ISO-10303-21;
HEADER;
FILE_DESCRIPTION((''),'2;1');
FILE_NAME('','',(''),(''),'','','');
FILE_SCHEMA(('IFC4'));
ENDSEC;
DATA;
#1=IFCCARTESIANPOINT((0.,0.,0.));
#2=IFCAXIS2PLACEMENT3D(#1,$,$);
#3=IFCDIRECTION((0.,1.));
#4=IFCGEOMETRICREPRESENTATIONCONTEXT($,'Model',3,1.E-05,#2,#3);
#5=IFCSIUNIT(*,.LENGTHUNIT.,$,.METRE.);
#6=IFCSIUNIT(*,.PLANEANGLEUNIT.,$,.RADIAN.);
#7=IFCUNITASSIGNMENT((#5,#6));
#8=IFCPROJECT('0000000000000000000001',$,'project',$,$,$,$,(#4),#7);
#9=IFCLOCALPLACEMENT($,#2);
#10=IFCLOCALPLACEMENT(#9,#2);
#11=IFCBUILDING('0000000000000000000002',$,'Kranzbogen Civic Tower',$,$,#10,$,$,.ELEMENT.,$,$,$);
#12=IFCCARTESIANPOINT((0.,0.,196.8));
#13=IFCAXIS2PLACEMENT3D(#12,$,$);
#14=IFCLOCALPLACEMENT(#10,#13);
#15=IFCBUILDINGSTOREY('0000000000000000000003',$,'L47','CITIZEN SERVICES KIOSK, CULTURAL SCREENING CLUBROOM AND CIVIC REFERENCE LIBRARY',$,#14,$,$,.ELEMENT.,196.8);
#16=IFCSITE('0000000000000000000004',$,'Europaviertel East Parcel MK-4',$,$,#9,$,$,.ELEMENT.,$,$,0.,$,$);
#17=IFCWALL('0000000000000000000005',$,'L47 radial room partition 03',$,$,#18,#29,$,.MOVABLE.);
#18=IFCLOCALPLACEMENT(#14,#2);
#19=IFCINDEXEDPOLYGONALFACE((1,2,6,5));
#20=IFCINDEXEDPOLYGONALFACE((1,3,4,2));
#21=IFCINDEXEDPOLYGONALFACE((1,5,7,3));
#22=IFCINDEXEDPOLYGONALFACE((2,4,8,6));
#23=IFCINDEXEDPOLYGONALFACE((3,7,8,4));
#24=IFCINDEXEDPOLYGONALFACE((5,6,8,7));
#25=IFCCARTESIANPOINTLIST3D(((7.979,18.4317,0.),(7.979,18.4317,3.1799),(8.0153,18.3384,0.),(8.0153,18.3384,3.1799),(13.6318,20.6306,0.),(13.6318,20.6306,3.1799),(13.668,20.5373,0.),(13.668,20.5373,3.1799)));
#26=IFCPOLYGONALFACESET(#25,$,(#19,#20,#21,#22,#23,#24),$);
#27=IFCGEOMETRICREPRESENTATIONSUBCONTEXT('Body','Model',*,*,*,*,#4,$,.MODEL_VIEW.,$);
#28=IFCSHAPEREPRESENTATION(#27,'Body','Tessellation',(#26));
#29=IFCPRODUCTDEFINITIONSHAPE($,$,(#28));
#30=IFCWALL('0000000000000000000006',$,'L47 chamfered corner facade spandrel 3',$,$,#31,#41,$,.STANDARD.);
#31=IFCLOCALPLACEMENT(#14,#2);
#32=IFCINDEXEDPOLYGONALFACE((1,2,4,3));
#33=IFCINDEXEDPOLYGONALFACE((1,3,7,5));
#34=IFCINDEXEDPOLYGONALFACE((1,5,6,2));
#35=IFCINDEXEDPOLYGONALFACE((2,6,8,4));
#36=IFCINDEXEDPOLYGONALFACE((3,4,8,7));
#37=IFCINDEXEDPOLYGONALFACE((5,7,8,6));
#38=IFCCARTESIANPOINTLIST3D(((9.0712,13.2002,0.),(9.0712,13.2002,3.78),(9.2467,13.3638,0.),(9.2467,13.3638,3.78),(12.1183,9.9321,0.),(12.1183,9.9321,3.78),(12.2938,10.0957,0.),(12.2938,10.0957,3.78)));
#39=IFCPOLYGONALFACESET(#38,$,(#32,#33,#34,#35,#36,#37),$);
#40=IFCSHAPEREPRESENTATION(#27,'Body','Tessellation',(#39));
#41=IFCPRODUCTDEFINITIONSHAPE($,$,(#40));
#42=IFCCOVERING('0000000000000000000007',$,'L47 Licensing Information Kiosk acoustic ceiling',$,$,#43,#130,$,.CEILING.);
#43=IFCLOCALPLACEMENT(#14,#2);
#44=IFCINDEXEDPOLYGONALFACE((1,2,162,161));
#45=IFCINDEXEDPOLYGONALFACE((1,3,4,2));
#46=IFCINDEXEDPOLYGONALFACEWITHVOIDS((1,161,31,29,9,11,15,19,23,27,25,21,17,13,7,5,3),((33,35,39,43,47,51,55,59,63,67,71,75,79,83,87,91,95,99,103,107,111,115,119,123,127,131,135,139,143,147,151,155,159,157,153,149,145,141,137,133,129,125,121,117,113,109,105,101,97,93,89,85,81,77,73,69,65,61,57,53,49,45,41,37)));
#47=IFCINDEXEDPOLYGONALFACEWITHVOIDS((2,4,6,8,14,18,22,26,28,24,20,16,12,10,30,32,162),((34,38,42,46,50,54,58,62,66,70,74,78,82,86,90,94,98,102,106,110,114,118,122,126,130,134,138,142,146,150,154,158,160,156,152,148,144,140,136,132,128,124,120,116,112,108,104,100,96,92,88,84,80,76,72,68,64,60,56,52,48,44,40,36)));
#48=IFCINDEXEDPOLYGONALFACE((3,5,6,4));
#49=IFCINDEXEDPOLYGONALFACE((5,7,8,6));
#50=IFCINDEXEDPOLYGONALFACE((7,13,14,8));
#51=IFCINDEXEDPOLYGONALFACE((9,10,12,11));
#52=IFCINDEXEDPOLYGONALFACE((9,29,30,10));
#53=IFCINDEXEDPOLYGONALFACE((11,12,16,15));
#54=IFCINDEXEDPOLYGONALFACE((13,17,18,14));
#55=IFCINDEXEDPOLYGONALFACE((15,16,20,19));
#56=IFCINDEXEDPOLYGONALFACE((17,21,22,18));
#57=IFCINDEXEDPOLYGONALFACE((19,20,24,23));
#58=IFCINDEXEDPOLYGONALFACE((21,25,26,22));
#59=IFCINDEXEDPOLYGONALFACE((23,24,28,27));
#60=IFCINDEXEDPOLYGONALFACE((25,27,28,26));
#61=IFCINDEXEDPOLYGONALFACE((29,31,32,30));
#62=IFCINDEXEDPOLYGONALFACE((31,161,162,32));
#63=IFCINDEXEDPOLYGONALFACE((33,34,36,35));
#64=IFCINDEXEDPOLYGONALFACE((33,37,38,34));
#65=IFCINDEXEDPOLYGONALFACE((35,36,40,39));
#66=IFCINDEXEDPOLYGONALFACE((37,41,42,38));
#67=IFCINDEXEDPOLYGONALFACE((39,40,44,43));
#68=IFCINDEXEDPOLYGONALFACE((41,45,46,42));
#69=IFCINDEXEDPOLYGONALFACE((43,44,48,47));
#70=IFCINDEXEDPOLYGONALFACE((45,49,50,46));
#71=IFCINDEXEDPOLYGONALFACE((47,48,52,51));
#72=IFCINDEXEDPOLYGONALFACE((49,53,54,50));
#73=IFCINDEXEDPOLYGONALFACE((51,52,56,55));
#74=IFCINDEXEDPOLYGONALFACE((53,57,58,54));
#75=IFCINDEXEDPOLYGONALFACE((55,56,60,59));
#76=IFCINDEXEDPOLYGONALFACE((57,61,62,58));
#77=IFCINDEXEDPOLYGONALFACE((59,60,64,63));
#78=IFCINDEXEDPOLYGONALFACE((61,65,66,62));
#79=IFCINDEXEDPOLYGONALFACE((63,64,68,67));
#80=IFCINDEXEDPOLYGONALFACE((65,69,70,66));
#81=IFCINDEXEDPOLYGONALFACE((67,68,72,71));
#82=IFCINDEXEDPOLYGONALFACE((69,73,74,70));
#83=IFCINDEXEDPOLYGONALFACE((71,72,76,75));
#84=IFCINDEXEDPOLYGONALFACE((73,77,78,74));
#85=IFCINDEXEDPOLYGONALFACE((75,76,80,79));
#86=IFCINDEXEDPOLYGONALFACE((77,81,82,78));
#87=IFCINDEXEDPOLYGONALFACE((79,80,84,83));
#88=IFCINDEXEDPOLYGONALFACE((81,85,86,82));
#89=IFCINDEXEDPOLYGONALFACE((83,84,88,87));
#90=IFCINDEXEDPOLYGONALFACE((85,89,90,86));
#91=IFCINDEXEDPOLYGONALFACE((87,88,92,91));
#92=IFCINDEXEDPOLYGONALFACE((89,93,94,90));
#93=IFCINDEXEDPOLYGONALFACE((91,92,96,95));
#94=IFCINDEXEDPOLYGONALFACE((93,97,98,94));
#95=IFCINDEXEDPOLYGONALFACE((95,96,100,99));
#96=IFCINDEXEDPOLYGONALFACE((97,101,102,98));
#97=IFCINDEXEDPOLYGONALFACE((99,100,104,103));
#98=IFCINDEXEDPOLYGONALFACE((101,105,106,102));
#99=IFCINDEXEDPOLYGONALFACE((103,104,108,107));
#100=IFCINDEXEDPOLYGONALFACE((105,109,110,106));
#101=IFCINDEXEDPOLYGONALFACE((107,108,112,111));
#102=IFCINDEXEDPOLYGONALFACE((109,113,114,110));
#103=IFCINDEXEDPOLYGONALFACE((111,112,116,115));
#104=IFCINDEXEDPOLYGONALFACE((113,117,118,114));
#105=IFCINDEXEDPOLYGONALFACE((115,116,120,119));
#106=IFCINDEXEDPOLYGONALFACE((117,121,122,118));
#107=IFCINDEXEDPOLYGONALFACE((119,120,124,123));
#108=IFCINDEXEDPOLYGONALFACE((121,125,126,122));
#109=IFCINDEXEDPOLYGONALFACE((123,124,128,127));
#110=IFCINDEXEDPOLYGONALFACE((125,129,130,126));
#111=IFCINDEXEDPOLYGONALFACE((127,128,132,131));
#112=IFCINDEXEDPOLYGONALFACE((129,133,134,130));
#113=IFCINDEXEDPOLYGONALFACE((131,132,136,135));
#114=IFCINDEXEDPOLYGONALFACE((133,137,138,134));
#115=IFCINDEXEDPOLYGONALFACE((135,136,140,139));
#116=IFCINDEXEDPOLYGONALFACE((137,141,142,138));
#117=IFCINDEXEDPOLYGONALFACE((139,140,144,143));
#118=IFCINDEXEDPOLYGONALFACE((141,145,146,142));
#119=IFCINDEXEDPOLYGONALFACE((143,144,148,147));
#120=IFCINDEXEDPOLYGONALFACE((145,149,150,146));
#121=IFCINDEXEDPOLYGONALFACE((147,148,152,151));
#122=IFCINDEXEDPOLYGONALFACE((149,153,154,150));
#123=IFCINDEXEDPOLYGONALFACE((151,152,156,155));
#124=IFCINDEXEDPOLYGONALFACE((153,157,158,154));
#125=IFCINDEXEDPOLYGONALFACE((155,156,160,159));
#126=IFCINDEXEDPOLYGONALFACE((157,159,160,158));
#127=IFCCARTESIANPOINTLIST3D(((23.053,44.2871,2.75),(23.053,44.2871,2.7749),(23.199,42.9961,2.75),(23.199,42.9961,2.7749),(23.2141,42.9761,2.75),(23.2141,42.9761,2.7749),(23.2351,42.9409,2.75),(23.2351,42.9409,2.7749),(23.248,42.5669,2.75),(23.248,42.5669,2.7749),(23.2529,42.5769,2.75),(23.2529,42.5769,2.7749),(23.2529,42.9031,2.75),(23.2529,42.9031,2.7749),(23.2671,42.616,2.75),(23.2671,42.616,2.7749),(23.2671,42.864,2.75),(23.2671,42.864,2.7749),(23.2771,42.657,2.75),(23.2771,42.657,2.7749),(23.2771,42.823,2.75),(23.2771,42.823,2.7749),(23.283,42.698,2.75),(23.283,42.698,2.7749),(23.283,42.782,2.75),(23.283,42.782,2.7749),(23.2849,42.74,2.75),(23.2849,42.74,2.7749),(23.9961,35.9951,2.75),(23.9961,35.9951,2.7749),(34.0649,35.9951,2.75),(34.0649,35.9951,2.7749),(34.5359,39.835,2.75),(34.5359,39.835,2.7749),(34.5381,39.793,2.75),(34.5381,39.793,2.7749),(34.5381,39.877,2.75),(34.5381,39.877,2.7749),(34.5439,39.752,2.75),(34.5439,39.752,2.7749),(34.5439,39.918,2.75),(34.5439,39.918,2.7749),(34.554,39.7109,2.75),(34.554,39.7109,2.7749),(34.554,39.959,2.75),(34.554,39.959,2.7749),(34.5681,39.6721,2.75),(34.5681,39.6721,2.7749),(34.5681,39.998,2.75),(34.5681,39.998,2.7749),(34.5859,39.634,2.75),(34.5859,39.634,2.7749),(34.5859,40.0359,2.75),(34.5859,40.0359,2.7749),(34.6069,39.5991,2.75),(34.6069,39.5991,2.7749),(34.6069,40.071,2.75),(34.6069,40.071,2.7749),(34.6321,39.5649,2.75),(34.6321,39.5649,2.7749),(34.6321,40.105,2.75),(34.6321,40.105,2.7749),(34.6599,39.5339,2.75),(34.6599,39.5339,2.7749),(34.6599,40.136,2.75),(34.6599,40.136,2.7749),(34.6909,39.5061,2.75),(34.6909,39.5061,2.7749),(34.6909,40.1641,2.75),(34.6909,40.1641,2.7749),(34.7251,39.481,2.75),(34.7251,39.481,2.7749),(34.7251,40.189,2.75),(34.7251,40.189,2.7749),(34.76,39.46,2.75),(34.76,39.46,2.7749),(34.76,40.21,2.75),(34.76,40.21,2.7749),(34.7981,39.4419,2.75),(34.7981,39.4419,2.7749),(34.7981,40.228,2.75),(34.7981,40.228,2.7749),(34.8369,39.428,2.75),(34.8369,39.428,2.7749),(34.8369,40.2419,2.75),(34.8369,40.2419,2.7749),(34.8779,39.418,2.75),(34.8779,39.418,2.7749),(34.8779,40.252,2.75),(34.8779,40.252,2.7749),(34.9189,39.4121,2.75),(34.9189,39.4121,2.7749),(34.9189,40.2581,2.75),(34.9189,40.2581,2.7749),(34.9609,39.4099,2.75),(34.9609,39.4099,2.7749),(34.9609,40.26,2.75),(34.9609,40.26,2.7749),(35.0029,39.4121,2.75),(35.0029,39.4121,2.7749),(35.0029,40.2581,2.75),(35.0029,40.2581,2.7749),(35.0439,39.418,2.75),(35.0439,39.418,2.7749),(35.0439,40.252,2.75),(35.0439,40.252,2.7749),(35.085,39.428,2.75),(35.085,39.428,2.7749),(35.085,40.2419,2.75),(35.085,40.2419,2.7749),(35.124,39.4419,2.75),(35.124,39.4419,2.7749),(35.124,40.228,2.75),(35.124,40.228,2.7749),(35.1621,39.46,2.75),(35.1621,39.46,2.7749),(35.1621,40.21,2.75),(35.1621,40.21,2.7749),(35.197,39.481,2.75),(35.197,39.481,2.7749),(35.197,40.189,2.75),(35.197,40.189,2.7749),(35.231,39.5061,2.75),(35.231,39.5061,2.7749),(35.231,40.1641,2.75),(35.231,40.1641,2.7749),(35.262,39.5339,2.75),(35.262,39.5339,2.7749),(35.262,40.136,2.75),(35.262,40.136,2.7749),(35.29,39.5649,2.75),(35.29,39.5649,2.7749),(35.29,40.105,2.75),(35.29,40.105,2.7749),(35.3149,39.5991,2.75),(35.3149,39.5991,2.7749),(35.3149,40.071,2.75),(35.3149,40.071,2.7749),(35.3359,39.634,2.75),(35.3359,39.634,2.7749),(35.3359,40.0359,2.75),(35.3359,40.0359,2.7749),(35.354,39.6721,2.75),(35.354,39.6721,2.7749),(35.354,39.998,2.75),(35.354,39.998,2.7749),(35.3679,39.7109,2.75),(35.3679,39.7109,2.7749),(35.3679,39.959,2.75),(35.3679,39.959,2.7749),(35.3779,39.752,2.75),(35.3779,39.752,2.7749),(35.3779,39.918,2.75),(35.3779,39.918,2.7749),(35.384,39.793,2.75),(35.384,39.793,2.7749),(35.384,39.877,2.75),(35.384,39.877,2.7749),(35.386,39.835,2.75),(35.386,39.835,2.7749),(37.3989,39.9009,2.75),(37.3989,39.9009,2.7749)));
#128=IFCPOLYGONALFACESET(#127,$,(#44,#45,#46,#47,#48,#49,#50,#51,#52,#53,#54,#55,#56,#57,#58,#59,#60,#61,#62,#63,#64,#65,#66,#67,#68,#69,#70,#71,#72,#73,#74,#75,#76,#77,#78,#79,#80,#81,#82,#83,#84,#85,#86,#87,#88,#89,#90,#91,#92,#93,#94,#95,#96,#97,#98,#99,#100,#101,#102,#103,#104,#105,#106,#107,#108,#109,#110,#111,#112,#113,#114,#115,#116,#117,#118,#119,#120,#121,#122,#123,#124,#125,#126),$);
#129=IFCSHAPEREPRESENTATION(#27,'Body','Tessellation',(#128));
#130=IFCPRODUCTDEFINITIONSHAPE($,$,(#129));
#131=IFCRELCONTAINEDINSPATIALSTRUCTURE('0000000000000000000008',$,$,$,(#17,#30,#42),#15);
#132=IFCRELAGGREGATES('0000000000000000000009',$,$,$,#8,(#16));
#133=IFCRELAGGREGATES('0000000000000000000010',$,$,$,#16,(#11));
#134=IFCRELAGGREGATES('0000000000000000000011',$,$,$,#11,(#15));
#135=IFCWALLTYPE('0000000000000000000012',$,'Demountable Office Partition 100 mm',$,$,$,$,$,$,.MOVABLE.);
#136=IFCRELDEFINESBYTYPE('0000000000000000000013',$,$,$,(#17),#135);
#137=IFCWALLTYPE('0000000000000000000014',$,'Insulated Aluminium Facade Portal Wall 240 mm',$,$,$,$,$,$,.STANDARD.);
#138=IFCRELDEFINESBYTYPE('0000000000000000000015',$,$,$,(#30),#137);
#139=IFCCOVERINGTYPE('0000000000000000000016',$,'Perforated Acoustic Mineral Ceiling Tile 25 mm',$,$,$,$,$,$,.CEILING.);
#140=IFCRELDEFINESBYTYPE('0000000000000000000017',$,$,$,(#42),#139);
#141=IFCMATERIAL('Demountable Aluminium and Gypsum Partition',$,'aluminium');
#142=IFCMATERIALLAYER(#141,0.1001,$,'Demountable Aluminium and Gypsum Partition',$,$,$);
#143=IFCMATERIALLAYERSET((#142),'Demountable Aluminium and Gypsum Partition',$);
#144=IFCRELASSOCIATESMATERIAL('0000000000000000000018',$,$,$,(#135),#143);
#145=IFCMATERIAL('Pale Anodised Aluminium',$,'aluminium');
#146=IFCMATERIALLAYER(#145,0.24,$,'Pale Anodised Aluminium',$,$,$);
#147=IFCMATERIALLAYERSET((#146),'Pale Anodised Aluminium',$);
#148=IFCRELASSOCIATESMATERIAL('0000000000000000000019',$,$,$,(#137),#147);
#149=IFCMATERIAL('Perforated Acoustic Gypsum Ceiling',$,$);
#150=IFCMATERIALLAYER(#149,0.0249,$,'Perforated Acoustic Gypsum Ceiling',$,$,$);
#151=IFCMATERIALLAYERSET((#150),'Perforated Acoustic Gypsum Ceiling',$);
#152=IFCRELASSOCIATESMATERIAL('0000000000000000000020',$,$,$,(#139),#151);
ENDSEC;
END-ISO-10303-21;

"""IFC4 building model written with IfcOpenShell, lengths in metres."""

from ifc_helpers import new_model, si_unit, direction, frame, frame_2d, origin, place, context, subcontext, project, spatial, polyline, rectangle, outline, extrude, material, layer, layer_set, type_object, element, save


model = new_model("IFC4")

# Units and contexts
model_context = context("Model", 3, precision=1e-05, world=origin(), true_north=direction((0.0, 1.0)))
body_context = subcontext(model_context, "Body", "Model", "MODEL_VIEW")
ifc_project = project(units=[si_unit("LENGTHUNIT", "METRE"), si_unit("PLANEANGLEUNIT", "RADIAN")], contexts=[model_context])

# Site, building, storey
site_placement = place(None, origin())
site = spatial("IfcSite", under=ifc_project, at=site_placement, Name="Europaviertel East Parcel MK-4", CompositionType="ELEMENT", RefElevation=0.0)
building_placement = place(site_placement, origin())
building = spatial("IfcBuilding", under=site, at=building_placement, Name="Kranzbogen Civic Tower", CompositionType="ELEMENT")
storey_placement = place(building_placement, frame((0.0, 0.0, 196.8)))
storey = spatial("IfcBuildingStorey", under=building, at=storey_placement, Name="L47", Description="CITIZEN SERVICES KIOSK, CULTURAL SCREENING CLUBROOM AND CIVIC REFERENCE LIBRARY", CompositionType="ELEMENT", Elevation=196.8)

# Shared definitions
ifc_material_1 = material(Name="Pale Anodised Aluminium", Category="aluminium")

# Walls
ifc_material_2 = material(Name="Demountable Aluminium and Gypsum Partition", Category="aluminium")
ifc_layer_1 = layer(ifc_material_2, 0.1001, Name="Demountable Aluminium and Gypsum Partition")
ifc_layer_set_1 = layer_set([ifc_layer_1], Name="Demountable Aluminium and Gypsum Partition")
wall_type_1 = type_object("IfcWallType", Name="Demountable Office Partition 100 mm", PredefinedType="MOVABLE", material=ifc_layer_set_1)
wall_1_placement = place(storey_placement, frame((13.6499, 20.584, 0.0), z_axis=(0.0, 0.0, 1.0), x_axis=(-0.931968, -0.362539, 0.0)))
element("IfcWall", 1, at=wall_1_placement, inside=storey, type_object=wall_type_1, Name="L47 radial room partition 03", PredefinedType="MOVABLE", context=body_context, shape_type="SweptSolid", body=[
    extrude(rectangle(XDim=6.0654, YDim=0.1001, at=frame_2d((3.0327, 0.0))), origin(), (0.0, 0.0, 1.0), 3.1799),
])
ifc_layer_2 = layer(ifc_material_1, 0.24, Name="Pale Anodised Aluminium")
ifc_layer_set_2 = layer_set([ifc_layer_2], Name="Pale Anodised Aluminium")
wall_type_2 = type_object("IfcWallType", Name="Insulated Aluminium Facade Portal Wall 240 mm", PredefinedType="STANDARD", material=ifc_layer_set_2)
wall_2_placement = place(storey_placement, frame((9.1589, 13.282, 0.0), z_axis=(0.0, 0.0, 1.0), x_axis=(0.68195, -0.731399, 0.0)))
element("IfcWall", 2, at=wall_2_placement, inside=storey, type_object=wall_type_2, Name="L47 chamfered corner facade spandrel 3", PredefinedType="STANDARD", context=body_context, shape_type="SweptSolid", body=[
    extrude(rectangle(XDim=4.4683, YDim=0.24, at=frame_2d((2.2341, 0.0))), origin(), (0.0, 0.0, 1.0), 3.78),
])

# Covering
ifc_material_3 = material(Name="Perforated Acoustic Gypsum Ceiling")
ifc_layer_3 = layer(ifc_material_3, 0.0249, Name="Perforated Acoustic Gypsum Ceiling")
ifc_layer_set_3 = layer_set([ifc_layer_3], Name="Perforated Acoustic Gypsum Ceiling")
covering_type = type_object("IfcCoveringType", Name="Perforated Acoustic Mineral Ceiling Tile 25 mm", PredefinedType="CEILING", material=ifc_layer_set_3)
covering_1_placement = place(storey_placement, frame((0.0, 0.0, 2.75)))
element("IfcCovering", 3, at=covering_1_placement, inside=storey, type_object=covering_type, Name="L47 Licensing Information Kiosk acoustic ceiling", PredefinedType="CEILING", context=body_context, shape_type="SweptSolid", body=[
    extrude(outline(polyline([(34.0649, 35.9951), (23.9961, 35.9951), (23.248, 42.5669), (23.2529, 42.5769), (23.2671, 42.616), (23.2771, 42.657), (23.283, 42.698), (23.2849, 42.74), (23.283, 42.782), (23.2771, 42.823), (23.2671, 42.864), (23.2529, 42.9031), (23.2351, 42.9409), (23.2141, 42.9761), (23.199, 42.9961), (23.053, 44.2871), (37.3989, 39.9009), (34.0649, 35.9951)]), holes=[polyline([(35.354, 39.6721), (35.3359, 39.634), (35.3149, 39.5991), (35.29, 39.5649), (35.262, 39.5339), (35.231, 39.5061), (35.197, 39.481), (35.1621, 39.46), (35.124, 39.4419), (35.085, 39.428), (35.0439, 39.418), (35.0029, 39.4121), (34.9609, 39.4099), (34.9189, 39.4121), (34.8779, 39.418), (34.8369, 39.428), (34.7981, 39.4419), (34.76, 39.46), (34.7251, 39.481), (34.6909, 39.5061), (34.6599, 39.5339), (34.6321, 39.5649), (34.6069, 39.5991), (34.5859, 39.634), (34.5681, 39.6721), (34.554, 39.7109), (34.5439, 39.752), (34.5381, 39.793), (34.5359, 39.835), (34.5381, 39.877), (34.5439, 39.918), (34.554, 39.959), (34.5681, 39.998), (34.5859, 40.0359), (34.6069, 40.071), (34.6321, 40.105), (34.6599, 40.136), (34.6909, 40.1641), (34.7251, 40.189), (34.76, 40.21), (34.7981, 40.228), (34.8369, 40.2419), (34.8779, 40.252), (34.9189, 40.2581), (34.9609, 40.26), (35.0029, 40.2581), (35.0439, 40.252), (35.085, 40.2419), (35.124, 40.228), (35.1621, 40.21), (35.197, 40.189), (35.231, 40.1641), (35.262, 40.136), (35.29, 40.105), (35.3149, 40.071), (35.3359, 40.0359), (35.354, 39.998), (35.3679, 39.959), (35.3779, 39.918), (35.384, 39.877), (35.386, 39.835), (35.384, 39.793), (35.3779, 39.752), (35.3679, 39.7109), (35.354, 39.6721)])]), origin(), (0.0, 0.0, 1.0), 0.0249),
])

save(model, "model.ifc")
